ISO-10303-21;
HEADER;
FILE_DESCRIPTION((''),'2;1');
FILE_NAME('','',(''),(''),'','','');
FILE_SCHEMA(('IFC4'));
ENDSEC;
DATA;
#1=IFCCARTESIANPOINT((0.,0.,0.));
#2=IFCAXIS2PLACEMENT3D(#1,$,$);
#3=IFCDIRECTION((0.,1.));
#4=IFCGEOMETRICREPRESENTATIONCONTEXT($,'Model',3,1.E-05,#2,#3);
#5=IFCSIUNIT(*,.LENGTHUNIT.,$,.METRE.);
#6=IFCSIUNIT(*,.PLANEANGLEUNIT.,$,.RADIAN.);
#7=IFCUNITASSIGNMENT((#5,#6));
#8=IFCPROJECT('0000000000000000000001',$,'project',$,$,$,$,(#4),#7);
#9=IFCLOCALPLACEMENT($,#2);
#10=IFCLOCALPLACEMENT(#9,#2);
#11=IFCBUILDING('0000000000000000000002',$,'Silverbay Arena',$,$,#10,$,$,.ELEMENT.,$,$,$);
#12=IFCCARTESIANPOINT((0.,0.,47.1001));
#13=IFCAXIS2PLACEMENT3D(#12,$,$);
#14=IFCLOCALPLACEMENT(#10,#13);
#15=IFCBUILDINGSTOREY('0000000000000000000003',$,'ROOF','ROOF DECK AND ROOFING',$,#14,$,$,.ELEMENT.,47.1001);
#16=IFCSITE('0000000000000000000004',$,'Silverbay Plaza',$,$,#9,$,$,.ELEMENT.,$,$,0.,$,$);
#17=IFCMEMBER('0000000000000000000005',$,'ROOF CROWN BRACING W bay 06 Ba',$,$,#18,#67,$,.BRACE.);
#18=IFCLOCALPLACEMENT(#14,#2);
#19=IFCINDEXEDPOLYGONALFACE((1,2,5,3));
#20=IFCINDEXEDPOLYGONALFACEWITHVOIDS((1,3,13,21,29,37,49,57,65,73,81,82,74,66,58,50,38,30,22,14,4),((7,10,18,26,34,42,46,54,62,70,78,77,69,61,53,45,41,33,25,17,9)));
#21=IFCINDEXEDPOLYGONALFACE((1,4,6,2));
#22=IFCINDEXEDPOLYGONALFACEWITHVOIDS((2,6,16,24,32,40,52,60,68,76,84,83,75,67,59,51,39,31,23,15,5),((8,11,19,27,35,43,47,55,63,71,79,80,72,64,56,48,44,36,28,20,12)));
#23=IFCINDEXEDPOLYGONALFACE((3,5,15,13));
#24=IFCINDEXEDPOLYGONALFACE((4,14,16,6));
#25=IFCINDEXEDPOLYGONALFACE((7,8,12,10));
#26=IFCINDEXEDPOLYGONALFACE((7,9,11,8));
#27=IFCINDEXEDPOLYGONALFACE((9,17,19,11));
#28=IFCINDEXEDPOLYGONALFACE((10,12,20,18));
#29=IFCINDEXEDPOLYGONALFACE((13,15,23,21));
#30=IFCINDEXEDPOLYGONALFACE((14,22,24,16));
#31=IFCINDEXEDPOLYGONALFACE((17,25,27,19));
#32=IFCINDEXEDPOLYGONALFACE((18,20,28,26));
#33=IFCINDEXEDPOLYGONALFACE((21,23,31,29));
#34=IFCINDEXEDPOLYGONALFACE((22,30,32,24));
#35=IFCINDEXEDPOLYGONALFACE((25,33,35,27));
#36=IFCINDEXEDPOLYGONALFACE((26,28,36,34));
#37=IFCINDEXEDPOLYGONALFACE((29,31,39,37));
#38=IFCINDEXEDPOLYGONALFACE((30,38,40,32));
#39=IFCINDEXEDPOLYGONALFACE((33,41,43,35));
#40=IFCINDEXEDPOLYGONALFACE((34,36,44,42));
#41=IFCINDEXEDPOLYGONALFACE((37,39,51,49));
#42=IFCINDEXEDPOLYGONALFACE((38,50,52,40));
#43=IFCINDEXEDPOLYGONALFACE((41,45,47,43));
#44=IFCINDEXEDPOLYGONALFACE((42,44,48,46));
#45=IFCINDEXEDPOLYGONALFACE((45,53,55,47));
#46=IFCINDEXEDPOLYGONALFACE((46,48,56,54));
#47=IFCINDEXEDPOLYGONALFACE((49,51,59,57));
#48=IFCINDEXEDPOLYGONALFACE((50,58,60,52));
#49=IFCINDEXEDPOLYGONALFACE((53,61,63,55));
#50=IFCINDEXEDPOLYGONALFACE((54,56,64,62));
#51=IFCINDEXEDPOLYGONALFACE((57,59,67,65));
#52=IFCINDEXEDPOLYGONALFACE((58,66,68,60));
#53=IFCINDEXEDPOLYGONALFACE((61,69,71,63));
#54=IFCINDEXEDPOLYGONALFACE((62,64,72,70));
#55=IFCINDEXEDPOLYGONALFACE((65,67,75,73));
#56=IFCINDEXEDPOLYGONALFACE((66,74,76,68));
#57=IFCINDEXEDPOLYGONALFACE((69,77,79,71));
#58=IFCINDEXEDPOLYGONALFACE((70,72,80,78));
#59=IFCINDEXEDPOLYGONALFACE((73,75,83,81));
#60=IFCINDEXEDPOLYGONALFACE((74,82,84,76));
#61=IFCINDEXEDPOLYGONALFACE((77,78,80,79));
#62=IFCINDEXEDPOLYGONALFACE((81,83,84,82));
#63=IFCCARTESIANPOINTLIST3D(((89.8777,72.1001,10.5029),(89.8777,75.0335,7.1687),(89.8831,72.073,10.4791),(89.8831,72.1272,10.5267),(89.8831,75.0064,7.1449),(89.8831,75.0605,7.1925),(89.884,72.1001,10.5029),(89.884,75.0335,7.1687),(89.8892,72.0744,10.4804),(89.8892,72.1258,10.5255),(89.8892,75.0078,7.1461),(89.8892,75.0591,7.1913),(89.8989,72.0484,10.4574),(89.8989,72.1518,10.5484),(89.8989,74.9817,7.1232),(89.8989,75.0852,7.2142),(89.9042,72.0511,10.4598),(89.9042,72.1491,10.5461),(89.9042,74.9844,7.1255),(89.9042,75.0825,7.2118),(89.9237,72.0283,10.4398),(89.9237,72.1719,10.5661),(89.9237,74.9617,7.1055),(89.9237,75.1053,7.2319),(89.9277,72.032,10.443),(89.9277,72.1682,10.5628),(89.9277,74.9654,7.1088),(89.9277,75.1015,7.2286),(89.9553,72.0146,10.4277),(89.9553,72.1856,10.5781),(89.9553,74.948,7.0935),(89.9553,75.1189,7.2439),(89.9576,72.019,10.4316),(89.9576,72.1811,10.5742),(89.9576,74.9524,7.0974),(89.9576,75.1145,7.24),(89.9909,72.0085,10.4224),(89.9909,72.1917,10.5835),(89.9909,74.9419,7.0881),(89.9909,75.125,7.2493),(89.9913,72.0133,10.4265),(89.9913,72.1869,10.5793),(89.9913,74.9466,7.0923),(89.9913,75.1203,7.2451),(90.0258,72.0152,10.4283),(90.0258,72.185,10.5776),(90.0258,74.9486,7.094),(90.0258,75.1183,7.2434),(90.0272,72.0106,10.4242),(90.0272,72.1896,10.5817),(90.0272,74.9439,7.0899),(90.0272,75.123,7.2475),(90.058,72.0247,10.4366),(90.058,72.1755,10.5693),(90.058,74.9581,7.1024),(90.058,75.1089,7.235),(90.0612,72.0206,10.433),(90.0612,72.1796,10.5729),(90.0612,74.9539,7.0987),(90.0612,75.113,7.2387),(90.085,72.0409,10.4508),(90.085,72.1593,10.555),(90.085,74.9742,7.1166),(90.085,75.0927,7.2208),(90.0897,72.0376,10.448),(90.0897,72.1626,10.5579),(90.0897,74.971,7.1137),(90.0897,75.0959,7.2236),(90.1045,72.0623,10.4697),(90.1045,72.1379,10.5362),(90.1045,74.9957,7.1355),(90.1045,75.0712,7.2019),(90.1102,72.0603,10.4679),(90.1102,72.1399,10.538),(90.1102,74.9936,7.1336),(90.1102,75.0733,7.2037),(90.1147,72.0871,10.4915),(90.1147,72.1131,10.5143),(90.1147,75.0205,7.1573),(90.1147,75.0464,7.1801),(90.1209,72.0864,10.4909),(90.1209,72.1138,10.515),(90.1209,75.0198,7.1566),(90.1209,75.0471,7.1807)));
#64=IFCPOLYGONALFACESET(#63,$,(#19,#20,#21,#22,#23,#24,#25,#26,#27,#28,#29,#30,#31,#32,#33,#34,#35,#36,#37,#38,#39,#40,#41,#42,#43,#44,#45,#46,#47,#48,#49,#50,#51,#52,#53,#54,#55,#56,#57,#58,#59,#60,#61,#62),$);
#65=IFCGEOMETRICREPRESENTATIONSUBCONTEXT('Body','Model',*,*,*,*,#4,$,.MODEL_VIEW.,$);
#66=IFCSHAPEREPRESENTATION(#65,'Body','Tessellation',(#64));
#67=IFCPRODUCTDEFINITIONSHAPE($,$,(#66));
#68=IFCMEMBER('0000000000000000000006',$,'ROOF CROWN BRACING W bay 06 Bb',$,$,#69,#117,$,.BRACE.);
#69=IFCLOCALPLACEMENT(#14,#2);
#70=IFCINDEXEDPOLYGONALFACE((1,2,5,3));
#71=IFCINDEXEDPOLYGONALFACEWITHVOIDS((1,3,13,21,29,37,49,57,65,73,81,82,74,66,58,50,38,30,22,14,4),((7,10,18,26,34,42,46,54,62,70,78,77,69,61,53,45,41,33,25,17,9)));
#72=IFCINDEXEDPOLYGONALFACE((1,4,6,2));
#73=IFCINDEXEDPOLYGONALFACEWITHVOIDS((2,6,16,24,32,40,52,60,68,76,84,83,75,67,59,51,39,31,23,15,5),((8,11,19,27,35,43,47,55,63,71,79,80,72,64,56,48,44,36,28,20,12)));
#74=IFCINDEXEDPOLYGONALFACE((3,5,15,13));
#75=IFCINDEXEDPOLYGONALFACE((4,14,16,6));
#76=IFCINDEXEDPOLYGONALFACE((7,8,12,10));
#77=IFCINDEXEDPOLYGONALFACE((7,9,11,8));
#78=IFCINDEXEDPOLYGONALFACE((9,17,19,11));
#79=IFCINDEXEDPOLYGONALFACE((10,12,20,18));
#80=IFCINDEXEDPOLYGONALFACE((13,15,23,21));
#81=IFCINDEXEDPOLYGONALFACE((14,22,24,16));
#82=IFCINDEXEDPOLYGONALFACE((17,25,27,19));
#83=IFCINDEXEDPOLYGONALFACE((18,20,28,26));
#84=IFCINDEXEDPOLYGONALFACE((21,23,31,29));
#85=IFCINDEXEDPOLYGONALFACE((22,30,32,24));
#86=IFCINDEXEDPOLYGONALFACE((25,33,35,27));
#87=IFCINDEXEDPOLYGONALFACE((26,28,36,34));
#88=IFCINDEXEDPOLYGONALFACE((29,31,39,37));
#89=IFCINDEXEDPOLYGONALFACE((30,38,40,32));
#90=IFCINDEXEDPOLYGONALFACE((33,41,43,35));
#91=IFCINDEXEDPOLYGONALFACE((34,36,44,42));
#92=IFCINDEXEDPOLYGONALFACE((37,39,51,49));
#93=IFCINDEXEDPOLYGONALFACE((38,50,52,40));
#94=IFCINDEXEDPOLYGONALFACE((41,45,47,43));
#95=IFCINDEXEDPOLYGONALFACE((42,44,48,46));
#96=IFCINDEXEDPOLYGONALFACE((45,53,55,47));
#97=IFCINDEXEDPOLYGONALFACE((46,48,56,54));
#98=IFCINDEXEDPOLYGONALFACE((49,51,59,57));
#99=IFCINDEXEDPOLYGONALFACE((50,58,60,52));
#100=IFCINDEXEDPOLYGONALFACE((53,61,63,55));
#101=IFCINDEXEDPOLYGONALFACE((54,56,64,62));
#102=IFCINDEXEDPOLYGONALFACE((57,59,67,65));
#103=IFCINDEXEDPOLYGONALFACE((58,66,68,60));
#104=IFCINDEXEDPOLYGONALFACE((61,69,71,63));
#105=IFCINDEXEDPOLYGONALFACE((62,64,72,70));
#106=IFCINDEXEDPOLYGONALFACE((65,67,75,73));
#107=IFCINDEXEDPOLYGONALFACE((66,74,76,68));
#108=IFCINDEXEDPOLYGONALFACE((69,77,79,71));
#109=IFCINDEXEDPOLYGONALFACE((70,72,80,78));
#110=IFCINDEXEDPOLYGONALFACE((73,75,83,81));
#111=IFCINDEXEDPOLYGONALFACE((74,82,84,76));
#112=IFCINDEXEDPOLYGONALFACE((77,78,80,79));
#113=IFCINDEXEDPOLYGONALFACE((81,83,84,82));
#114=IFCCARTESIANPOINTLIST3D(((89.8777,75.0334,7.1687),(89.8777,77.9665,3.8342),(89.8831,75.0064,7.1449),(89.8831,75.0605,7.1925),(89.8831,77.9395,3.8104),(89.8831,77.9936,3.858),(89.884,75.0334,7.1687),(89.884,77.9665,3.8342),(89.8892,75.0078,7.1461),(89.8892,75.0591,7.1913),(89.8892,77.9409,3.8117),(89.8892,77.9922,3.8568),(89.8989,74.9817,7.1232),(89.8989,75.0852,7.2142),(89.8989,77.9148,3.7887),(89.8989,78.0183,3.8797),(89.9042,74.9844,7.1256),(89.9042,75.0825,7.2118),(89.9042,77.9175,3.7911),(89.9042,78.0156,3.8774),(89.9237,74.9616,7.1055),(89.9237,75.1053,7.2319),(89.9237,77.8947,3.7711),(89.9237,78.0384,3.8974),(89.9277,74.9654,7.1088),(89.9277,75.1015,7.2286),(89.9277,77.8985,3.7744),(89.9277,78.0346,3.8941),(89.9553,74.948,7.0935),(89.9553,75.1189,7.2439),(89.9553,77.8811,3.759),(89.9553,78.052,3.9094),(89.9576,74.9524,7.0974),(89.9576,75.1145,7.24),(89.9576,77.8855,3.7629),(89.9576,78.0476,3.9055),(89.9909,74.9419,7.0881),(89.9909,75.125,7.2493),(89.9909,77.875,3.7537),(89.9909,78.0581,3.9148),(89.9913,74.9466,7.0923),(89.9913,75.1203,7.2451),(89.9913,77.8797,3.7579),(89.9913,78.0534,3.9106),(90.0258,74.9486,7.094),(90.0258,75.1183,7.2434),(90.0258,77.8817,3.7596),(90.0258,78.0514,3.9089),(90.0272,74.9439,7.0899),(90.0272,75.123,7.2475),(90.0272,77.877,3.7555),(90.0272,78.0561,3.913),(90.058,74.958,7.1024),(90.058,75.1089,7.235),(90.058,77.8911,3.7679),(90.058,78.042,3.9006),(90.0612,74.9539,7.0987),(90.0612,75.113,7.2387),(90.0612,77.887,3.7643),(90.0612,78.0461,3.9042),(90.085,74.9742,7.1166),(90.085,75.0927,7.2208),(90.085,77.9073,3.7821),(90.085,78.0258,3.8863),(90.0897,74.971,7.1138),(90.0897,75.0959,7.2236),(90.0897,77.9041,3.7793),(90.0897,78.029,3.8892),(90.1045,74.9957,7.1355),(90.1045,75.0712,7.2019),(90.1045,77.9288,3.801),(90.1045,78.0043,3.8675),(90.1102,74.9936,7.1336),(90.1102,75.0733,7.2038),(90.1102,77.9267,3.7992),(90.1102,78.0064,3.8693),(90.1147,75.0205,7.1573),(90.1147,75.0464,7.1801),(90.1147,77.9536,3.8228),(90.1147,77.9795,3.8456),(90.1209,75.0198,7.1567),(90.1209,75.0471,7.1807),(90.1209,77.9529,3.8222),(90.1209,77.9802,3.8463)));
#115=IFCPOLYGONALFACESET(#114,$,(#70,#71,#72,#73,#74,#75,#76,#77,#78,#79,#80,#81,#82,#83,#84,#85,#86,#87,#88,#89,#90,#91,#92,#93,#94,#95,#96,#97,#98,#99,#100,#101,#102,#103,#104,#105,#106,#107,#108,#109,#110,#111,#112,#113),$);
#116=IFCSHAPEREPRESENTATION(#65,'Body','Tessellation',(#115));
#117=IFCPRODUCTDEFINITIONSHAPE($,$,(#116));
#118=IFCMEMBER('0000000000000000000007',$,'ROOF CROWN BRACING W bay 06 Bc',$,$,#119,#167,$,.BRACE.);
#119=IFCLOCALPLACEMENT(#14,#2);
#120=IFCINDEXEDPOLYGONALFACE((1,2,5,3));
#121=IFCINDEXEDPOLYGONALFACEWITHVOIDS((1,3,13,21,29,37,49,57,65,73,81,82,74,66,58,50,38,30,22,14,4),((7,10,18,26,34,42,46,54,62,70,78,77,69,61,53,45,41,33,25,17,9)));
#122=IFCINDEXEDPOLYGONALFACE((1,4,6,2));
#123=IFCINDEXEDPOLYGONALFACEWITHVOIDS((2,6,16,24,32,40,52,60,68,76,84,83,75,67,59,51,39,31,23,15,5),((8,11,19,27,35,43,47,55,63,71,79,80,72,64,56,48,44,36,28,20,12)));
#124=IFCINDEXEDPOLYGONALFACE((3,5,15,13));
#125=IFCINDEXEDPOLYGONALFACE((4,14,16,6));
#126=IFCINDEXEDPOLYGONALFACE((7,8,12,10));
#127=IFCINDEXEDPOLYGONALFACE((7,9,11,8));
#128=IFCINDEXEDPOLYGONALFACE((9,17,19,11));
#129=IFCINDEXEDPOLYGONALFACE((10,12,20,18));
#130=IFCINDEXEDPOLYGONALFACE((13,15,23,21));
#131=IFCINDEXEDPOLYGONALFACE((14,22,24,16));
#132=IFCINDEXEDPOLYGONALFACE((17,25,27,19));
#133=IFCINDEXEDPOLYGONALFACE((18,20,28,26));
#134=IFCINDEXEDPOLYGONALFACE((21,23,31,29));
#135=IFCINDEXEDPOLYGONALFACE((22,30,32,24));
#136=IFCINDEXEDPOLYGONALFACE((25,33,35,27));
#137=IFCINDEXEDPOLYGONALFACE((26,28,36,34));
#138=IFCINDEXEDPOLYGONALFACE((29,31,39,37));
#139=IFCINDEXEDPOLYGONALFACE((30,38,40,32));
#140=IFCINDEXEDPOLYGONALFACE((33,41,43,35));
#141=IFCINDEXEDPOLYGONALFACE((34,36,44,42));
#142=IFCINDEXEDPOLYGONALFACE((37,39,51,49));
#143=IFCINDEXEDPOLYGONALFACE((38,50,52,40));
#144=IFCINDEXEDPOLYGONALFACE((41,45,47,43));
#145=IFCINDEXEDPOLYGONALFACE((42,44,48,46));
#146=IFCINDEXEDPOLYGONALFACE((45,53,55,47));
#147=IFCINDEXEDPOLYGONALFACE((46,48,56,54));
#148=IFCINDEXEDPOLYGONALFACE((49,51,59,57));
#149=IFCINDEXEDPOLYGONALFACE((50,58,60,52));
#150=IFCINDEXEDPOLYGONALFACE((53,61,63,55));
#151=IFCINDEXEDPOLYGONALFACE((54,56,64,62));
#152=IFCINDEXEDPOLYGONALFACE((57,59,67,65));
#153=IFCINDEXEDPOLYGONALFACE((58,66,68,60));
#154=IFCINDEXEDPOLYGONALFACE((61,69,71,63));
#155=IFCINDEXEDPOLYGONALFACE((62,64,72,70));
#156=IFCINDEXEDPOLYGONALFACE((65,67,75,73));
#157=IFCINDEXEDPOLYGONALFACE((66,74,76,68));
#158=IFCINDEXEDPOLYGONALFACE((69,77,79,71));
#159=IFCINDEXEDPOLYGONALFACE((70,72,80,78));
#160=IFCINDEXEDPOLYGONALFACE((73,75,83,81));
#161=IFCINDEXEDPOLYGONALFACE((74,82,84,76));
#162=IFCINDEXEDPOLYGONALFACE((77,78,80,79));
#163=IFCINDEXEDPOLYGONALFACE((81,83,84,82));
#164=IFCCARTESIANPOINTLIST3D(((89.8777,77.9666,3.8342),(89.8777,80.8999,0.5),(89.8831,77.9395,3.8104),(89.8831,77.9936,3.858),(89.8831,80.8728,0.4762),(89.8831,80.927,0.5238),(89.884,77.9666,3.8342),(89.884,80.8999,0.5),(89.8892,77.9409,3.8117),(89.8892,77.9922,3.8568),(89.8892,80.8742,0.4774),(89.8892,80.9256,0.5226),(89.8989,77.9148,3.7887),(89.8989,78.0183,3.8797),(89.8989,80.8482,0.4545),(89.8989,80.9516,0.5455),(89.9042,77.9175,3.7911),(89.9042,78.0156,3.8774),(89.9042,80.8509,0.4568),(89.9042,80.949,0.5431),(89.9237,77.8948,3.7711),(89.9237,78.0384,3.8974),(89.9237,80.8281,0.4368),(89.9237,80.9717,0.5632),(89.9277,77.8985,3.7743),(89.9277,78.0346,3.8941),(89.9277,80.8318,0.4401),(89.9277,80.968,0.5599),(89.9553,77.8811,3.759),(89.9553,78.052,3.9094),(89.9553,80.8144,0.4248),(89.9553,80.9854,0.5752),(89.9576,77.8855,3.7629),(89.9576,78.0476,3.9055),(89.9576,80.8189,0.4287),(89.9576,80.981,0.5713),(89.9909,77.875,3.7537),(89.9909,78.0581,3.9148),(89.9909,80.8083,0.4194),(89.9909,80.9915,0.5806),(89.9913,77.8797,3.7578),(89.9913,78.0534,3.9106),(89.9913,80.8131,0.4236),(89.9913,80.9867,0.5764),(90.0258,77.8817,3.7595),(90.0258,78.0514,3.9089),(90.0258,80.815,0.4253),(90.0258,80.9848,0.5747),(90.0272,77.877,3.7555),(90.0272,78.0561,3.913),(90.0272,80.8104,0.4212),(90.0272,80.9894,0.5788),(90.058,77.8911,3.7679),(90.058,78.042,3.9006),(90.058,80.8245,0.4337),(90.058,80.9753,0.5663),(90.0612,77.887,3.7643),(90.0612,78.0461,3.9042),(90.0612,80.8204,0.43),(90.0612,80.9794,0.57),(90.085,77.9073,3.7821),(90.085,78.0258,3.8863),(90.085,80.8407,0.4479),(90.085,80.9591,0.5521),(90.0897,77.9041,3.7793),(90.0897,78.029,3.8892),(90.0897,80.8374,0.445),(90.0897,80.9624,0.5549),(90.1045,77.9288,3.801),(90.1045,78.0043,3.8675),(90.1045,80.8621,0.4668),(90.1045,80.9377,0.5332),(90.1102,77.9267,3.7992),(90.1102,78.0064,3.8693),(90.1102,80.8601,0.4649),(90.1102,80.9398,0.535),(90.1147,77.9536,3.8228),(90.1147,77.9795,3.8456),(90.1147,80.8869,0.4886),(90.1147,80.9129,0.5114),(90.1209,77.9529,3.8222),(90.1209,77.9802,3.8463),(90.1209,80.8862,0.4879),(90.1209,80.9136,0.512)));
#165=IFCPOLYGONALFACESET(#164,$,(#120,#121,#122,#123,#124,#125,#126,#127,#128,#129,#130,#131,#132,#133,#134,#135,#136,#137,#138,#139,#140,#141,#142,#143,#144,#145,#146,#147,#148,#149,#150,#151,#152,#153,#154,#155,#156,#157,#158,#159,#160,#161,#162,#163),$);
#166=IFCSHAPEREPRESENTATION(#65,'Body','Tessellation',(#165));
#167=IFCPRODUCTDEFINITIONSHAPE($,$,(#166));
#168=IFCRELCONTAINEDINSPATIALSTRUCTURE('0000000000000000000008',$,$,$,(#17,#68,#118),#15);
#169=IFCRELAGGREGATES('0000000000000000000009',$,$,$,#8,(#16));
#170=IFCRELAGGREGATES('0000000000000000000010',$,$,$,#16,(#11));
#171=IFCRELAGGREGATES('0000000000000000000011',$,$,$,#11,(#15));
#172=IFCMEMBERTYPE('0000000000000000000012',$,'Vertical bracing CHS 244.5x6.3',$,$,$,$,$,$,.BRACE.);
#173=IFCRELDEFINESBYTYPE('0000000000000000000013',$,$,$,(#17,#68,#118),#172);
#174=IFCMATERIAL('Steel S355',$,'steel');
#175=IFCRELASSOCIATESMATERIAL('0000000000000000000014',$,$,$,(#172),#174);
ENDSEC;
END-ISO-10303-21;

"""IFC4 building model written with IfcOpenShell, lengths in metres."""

from ifc_helpers import new_model, si_unit, direction, frame, origin, origin_2d, place, context, subcontext, project, spatial, hollow_circle, extrude, material, material_profile, profile_set, type_object, element, save


model = new_model("IFC4")

# Units and contexts
model_context = context("Model", 3, precision=1e-05, world=origin(), true_north=direction((0.0, 1.0)))
body_context = subcontext(model_context, "Body", "Model", "MODEL_VIEW")
ifc_project = project(units=[si_unit("LENGTHUNIT", "METRE"), si_unit("PLANEANGLEUNIT", "RADIAN")], contexts=[model_context])

# Site, building, storey
site_placement = place(None, origin())
site = spatial("IfcSite", under=ifc_project, at=site_placement, Name="Silverbay Plaza", CompositionType="ELEMENT", RefElevation=0.0)
building_placement = place(site_placement, origin())
building = spatial("IfcBuilding", under=site, at=building_placement, Name="Silverbay Arena", CompositionType="ELEMENT")
storey_placement = place(building_placement, frame((0.0, 0.0, 47.1001)))
storey = spatial("IfcBuildingStorey", under=building, at=storey_placement, Name="ROOF", Description="ROOF DECK AND ROOFING", CompositionType="ELEMENT", Elevation=47.1001)

# Members
ifc_material_1 = material(Name="Steel S355", Category="steel")
ifc_material_profile_1 = material_profile(ifc_material_1, hollow_circle(Radius=0.1223, WallThickness=0.0063, at=origin_2d()), Name="CHS 244.5x6.3")
ifc_profile_set_1 = profile_set([ifc_material_profile_1], Name="Steel S355")
member_type_1 = type_object("IfcMemberType", Name="Vertical bracing CHS 244.5x6.3", PredefinedType="BRACE", material=ifc_profile_set_1)
for number, where, z_axis, x_axis, name in (
    (1, (90.0, 72.1001, 10.5029), (0.0, 0.66053, -0.7508), (-1.0, 0.0, 0.0), "ROOF CROWN BRACING W bay 06 Ba"),
    (2, (90.0, 75.0334, 7.1687), (0.0, 0.660472, -0.750851), (-1.0, 0.0, 0.0), "ROOF CROWN BRACING W bay 06 Bb"),
    (3, (90.0, 77.9666, 3.8342), (0.0, 0.66053, -0.7508), (-1.0, 0.0, 0.0), "ROOF CROWN BRACING W bay 06 Bc"),
):
    element("IfcMember", number, at=place(storey_placement, frame(where, z_axis=z_axis, x_axis=x_axis)), inside=storey, type_object=member_type_1, Name=name, PredefinedType="BRACE", context=body_context, shape_type="SweptSolid", body=[
        extrude(hollow_circle(Radius=0.1223, WallThickness=0.0063, at=origin_2d()), origin(), (0.0, 0.0, 1.0), 4.4409),
    ])

save(model, "model.ifc")
